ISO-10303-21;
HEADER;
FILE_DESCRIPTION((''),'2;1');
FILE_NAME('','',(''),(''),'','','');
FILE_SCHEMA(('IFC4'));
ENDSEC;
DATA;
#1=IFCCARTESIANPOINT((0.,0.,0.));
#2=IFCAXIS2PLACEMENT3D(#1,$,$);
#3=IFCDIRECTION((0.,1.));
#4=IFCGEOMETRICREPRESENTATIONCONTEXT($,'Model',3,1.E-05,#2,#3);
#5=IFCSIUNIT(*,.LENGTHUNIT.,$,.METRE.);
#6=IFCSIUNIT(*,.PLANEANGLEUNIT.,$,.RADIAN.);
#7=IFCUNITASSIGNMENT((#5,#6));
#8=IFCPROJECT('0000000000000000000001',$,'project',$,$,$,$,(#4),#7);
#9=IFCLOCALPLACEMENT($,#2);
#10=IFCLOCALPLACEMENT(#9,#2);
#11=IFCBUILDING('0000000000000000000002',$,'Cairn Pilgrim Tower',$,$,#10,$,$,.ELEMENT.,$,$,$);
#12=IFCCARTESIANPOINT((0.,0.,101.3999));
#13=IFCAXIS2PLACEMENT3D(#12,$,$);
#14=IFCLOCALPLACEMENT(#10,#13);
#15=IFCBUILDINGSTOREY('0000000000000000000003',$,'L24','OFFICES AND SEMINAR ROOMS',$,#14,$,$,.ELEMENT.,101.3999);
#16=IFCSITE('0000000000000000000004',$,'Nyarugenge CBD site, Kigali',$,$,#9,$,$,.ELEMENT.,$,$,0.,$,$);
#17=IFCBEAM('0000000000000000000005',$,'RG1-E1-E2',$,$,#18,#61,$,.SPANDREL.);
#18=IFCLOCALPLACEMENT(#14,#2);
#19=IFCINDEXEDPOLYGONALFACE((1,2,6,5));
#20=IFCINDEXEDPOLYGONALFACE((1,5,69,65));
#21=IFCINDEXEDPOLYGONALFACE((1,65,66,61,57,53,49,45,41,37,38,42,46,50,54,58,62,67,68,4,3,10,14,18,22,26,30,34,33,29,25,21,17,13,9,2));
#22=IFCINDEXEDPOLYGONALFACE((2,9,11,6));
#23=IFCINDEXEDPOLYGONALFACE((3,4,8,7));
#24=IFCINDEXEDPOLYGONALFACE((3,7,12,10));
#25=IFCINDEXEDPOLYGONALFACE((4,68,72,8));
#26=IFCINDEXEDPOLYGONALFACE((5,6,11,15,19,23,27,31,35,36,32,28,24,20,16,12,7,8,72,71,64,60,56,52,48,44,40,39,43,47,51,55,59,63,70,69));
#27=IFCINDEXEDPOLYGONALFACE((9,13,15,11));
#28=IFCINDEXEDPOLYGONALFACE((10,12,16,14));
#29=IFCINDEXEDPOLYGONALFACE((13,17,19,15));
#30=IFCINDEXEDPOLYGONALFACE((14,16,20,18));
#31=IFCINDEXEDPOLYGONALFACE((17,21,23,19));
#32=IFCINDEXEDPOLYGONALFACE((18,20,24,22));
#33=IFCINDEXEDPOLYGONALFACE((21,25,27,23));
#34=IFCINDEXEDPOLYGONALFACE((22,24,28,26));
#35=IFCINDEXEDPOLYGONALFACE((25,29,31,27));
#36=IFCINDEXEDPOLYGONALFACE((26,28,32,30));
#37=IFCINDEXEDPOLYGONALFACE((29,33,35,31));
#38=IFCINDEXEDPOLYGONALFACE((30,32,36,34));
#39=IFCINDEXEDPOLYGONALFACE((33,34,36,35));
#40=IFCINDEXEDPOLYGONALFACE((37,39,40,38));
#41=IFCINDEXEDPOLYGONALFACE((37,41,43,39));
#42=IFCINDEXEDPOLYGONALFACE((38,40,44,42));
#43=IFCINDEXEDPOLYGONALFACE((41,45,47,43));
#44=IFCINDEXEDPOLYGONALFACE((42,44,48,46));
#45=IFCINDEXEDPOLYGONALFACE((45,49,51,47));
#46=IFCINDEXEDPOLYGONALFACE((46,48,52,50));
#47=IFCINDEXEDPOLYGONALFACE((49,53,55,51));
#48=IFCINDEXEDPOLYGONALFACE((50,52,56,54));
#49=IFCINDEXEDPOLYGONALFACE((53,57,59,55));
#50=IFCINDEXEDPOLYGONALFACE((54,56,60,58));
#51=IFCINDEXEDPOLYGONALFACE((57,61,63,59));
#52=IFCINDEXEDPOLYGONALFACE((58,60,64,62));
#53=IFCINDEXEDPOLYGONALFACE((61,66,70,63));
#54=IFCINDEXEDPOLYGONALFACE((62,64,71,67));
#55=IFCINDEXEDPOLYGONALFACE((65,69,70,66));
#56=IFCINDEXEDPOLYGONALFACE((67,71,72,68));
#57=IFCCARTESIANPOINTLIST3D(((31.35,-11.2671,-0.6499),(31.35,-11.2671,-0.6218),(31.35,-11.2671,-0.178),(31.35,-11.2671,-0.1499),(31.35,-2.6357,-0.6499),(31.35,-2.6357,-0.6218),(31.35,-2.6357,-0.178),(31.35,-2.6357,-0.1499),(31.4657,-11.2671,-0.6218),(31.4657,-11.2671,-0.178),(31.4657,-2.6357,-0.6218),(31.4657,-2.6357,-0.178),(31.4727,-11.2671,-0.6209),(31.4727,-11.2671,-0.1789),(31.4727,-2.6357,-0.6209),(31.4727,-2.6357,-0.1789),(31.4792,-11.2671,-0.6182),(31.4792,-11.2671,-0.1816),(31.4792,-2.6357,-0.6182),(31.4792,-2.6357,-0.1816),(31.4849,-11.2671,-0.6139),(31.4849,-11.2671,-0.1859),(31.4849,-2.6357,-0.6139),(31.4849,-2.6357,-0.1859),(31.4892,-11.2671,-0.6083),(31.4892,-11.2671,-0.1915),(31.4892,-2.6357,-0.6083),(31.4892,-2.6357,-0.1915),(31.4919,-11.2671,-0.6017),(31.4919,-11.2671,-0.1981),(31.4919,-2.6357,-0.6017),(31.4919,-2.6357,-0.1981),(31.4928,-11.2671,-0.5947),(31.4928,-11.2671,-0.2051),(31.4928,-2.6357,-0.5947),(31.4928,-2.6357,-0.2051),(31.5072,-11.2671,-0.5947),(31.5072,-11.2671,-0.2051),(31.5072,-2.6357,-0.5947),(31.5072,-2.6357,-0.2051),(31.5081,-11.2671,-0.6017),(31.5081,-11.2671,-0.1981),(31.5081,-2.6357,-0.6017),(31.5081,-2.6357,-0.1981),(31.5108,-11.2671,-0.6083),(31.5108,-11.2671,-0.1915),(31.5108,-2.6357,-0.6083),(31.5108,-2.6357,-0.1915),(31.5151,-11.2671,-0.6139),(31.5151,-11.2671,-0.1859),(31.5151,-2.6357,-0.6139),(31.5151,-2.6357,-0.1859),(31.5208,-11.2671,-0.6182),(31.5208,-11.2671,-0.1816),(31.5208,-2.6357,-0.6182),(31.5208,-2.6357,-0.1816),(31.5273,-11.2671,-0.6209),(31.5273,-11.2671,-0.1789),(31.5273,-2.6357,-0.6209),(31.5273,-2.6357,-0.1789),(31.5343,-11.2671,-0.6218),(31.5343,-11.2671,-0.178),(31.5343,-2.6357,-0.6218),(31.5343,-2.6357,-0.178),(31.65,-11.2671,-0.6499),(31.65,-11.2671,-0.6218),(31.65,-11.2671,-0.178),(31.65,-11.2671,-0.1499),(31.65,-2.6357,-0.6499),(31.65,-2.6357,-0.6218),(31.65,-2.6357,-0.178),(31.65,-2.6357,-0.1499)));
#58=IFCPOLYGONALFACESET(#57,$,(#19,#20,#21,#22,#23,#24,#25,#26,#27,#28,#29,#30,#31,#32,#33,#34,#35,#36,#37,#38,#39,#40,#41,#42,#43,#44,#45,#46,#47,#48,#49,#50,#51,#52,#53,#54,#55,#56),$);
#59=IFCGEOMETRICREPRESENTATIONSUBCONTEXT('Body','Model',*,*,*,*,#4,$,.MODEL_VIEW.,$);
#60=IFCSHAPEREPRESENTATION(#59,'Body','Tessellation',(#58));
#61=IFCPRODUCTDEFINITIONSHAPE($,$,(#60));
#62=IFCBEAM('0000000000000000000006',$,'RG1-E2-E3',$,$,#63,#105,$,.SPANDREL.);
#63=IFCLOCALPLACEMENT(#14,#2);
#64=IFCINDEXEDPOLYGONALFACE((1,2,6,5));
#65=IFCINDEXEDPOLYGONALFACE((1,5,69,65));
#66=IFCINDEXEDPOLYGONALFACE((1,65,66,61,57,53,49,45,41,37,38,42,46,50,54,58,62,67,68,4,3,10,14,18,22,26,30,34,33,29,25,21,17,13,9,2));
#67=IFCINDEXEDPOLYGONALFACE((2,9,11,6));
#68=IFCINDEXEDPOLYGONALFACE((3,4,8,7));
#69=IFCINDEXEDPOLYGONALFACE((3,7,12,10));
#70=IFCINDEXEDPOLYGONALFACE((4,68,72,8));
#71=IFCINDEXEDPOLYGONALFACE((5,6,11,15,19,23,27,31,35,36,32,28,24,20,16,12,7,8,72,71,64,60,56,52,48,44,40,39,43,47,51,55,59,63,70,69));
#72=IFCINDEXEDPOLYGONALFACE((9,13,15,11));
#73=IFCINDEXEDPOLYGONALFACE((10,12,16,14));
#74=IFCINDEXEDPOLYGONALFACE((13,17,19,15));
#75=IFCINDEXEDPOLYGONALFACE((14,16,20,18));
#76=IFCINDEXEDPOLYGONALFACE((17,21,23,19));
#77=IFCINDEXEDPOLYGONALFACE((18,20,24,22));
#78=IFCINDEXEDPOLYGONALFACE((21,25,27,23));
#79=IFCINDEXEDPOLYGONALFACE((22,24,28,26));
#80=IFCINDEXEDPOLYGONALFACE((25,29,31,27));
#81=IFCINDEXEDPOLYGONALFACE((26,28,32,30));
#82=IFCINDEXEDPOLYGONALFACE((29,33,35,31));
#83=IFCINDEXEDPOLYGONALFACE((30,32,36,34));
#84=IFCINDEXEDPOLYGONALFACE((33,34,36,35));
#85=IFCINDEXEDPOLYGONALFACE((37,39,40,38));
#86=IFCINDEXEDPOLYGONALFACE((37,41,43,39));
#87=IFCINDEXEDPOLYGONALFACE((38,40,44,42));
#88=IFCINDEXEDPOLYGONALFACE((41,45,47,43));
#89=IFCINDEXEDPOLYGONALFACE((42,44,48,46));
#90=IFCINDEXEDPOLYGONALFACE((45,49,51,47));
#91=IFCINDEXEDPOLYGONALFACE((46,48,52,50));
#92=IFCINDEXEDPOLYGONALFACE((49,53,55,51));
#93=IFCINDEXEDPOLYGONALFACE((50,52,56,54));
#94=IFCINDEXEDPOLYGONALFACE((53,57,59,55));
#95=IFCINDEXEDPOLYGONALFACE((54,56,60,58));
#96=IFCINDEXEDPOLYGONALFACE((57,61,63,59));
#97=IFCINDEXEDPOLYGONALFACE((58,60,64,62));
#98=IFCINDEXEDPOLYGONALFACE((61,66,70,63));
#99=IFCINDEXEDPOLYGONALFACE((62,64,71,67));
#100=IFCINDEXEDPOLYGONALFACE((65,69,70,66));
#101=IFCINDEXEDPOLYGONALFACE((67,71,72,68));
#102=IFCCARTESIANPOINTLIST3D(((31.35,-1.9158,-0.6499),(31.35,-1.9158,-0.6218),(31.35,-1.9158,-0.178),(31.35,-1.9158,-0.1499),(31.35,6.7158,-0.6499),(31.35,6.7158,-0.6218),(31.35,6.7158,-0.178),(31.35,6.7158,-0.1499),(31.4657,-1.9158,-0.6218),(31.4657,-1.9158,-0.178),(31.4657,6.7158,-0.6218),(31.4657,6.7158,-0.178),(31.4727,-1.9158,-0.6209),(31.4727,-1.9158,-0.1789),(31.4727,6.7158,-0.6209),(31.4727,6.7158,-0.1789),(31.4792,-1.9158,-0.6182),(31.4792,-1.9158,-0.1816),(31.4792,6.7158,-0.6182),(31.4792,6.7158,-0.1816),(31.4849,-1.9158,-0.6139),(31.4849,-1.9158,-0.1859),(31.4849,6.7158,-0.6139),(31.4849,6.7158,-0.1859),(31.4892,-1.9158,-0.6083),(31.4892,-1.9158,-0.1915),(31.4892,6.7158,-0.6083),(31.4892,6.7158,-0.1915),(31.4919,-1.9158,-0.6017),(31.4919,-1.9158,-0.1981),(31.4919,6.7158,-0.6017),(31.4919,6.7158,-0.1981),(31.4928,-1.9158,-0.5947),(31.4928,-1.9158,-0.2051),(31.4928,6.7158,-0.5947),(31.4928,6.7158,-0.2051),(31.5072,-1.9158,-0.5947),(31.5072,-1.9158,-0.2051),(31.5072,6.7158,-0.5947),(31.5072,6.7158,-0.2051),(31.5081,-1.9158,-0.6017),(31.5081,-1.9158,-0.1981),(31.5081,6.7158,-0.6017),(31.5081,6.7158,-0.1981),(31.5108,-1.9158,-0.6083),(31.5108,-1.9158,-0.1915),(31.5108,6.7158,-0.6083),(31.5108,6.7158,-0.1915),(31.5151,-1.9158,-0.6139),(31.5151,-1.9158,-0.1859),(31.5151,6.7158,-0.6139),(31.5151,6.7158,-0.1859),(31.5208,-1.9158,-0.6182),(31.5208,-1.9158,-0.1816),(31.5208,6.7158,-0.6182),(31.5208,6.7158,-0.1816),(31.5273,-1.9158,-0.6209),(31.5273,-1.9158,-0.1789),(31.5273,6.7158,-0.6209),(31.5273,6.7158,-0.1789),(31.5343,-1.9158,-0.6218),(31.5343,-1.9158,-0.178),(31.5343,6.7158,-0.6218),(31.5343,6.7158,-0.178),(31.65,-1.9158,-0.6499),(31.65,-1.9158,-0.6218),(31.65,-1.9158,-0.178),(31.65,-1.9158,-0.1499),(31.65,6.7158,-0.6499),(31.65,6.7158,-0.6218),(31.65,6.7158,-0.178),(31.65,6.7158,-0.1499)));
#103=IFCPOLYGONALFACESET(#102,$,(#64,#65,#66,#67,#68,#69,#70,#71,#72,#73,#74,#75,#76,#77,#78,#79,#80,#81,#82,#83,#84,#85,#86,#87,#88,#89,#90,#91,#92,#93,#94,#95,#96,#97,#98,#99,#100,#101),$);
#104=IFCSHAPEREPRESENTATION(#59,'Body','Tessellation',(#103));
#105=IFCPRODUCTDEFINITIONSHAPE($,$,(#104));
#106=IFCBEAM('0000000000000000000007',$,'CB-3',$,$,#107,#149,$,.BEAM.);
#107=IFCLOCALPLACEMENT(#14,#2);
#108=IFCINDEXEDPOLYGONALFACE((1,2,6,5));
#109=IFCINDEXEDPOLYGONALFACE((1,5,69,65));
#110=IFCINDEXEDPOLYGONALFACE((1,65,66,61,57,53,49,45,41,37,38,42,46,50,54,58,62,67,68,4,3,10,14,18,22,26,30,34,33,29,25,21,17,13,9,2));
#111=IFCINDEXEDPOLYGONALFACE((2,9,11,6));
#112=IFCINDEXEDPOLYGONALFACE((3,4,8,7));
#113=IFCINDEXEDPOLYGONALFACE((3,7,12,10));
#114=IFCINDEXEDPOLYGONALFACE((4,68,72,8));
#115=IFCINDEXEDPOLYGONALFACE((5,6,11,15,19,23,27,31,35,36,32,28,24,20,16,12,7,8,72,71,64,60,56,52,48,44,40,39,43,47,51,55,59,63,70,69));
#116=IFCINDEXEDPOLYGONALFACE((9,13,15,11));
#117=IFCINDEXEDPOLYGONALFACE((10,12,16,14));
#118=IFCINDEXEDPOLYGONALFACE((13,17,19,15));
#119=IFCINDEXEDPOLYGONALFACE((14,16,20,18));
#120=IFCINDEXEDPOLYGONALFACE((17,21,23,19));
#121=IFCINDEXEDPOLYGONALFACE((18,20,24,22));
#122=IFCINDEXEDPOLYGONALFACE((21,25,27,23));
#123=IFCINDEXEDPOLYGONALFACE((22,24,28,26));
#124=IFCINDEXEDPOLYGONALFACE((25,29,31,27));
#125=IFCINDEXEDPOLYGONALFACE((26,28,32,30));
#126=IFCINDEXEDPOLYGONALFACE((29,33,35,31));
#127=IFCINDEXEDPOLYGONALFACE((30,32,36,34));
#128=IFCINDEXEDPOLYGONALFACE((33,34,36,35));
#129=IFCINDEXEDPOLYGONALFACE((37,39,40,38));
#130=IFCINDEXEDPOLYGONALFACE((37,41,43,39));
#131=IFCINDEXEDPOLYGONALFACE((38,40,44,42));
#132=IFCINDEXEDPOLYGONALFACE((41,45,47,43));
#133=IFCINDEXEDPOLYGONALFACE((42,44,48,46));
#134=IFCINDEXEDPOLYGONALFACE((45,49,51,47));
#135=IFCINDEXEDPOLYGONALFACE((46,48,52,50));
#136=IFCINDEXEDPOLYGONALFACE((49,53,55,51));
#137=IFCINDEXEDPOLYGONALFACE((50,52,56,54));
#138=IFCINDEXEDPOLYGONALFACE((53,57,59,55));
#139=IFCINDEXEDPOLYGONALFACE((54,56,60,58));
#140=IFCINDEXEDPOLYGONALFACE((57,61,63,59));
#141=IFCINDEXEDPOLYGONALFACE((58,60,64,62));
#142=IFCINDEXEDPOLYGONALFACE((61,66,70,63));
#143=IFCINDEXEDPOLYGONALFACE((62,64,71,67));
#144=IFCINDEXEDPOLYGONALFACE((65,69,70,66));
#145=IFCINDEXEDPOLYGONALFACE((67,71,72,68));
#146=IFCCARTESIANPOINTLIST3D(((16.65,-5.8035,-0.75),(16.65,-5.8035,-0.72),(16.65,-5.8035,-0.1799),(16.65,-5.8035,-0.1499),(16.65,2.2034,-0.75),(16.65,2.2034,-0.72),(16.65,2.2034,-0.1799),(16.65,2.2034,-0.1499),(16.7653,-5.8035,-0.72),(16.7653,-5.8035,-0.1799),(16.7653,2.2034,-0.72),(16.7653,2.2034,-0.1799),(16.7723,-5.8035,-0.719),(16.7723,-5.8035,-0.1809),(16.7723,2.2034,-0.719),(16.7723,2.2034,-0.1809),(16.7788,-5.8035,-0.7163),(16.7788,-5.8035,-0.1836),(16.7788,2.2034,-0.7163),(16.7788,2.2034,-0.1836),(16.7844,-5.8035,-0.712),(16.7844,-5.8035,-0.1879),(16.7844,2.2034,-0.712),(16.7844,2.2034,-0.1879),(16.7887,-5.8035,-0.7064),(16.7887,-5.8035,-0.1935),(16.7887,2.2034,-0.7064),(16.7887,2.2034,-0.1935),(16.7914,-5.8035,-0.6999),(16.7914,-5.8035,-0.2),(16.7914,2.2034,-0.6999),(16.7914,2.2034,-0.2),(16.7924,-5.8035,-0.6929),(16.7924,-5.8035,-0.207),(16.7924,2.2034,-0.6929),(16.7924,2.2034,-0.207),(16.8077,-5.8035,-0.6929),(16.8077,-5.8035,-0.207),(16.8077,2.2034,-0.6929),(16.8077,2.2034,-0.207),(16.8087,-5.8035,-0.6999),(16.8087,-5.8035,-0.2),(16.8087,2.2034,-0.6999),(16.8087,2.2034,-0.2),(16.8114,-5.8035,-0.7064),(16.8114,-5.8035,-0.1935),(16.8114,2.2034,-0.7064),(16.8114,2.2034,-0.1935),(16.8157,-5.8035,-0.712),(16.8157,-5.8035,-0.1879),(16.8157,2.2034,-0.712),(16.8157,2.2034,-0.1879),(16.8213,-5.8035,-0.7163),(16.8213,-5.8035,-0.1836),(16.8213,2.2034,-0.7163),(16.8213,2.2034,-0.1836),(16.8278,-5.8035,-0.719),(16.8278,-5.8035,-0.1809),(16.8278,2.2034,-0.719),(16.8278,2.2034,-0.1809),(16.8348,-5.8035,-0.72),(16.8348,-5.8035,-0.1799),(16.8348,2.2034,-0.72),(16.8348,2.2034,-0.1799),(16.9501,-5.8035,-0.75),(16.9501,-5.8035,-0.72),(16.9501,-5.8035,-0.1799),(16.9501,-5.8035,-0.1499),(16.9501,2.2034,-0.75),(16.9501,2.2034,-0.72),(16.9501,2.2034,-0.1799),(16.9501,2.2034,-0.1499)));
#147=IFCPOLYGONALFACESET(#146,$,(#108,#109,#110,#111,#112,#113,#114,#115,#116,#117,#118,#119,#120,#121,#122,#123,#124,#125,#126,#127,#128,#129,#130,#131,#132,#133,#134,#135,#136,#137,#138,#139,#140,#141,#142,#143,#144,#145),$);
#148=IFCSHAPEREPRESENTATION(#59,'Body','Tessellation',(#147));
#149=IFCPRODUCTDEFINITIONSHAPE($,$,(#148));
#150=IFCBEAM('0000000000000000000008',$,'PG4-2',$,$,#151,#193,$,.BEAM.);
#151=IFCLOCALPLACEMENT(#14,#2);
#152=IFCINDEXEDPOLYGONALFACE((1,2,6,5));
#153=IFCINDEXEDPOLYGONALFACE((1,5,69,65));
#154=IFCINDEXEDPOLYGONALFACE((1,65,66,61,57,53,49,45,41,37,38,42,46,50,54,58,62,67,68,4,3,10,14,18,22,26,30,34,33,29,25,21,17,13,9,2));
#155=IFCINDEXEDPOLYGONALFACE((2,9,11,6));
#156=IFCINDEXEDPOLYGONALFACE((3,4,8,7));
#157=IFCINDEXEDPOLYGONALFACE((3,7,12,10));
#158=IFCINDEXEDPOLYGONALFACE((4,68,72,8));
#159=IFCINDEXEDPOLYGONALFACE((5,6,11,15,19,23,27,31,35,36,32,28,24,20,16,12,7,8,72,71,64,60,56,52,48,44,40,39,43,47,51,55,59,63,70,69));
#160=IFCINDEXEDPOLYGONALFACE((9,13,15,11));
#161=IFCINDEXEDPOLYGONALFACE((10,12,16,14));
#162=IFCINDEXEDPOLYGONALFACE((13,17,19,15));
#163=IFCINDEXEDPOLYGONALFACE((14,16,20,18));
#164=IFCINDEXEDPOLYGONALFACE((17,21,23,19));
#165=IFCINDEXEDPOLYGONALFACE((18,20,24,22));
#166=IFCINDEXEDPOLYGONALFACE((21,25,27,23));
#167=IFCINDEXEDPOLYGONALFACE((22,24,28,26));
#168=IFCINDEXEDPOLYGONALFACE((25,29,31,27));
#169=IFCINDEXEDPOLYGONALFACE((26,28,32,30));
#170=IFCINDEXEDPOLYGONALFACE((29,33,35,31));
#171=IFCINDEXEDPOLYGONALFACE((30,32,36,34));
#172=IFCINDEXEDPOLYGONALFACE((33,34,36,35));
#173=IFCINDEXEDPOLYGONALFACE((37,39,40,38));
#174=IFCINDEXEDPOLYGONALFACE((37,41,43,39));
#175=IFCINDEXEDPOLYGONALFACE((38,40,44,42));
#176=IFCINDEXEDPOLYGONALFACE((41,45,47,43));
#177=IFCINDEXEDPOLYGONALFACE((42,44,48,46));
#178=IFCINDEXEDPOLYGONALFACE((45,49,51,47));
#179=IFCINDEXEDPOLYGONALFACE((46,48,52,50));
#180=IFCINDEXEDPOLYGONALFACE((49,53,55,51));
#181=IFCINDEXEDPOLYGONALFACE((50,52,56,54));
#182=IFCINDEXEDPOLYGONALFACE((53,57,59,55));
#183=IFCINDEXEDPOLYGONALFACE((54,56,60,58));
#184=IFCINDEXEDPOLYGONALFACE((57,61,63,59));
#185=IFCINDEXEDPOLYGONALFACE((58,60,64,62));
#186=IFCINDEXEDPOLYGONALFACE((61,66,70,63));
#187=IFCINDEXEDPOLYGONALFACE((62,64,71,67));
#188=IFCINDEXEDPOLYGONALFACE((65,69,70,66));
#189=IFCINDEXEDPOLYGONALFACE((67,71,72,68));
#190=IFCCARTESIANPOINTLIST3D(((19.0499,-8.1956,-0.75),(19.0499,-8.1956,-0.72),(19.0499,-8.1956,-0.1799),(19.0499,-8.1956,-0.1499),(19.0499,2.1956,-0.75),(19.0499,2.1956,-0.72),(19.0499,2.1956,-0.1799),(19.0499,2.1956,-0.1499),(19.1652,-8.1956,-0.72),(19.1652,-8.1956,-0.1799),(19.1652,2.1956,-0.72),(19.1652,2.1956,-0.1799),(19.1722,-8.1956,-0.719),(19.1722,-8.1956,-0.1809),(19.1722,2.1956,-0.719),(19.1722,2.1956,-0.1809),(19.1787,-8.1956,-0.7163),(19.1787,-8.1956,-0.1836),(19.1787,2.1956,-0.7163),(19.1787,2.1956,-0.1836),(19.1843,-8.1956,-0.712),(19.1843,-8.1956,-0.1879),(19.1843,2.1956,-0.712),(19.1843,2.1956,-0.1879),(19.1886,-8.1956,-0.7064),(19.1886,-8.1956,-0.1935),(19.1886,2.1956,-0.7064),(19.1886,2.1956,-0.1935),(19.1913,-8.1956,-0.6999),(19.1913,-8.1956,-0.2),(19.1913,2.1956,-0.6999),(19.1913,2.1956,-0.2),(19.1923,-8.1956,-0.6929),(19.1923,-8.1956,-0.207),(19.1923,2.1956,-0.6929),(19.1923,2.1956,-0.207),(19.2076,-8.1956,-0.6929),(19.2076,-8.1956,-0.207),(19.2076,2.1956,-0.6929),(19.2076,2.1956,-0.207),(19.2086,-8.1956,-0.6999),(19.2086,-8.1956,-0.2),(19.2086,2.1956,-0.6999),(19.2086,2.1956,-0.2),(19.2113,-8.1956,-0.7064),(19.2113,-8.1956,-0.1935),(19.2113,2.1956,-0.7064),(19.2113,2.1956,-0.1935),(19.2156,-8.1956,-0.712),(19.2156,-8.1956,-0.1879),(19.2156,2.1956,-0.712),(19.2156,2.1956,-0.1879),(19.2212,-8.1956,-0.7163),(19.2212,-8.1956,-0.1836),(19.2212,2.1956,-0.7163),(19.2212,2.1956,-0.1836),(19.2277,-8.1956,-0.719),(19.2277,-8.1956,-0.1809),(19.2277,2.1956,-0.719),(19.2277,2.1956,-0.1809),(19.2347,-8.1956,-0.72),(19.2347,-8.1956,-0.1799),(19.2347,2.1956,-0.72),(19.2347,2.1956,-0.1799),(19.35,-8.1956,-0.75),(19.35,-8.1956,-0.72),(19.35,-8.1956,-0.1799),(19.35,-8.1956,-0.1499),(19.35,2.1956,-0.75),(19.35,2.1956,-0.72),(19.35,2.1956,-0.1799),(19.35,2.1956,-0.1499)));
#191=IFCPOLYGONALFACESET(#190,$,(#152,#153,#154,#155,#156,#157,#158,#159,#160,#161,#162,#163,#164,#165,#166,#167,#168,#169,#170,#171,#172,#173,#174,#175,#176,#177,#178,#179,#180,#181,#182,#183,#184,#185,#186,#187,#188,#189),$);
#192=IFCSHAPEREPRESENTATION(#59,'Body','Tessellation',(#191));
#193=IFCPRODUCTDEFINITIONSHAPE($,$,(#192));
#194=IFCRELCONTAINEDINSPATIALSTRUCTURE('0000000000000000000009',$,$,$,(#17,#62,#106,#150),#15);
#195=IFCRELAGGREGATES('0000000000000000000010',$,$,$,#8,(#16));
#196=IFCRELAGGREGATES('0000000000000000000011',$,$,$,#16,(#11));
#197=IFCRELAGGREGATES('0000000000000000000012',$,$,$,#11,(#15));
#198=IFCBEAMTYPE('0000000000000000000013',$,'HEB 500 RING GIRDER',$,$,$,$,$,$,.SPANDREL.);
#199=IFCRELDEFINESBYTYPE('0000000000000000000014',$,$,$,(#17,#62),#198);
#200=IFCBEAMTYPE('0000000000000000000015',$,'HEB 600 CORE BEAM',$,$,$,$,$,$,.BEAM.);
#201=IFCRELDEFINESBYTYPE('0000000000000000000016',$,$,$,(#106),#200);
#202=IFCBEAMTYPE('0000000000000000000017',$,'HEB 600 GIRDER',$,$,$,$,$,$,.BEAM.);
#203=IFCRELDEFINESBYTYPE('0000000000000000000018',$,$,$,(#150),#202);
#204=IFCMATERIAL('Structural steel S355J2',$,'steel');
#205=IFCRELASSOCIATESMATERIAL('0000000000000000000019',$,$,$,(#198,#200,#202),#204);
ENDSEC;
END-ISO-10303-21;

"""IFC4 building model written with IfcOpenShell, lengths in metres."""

from ifc_helpers import new_model, si_unit, direction, frame, origin, origin_2d, place, context, subcontext, project, spatial, i_section, extrude, material, material_profile, profile_set, type_object, element, save


model = new_model("IFC4")

# Units and contexts
model_context = context("Model", 3, precision=1e-05, world=origin(), true_north=direction((0.0, 1.0)))
body_context = subcontext(model_context, "Body", "Model", "MODEL_VIEW")
ifc_project = project(units=[si_unit("LENGTHUNIT", "METRE"), si_unit("PLANEANGLEUNIT", "RADIAN")], contexts=[model_context])

# Site, building, storey
site_placement = place(None, origin())
site = spatial("IfcSite", under=ifc_project, at=site_placement, Name="Nyarugenge CBD site, Kigali", CompositionType="ELEMENT", RefElevation=0.0)
building_placement = place(site_placement, origin())
building = spatial("IfcBuilding", under=site, at=building_placement, Name="Cairn Pilgrim Tower", CompositionType="ELEMENT")
storey_placement = place(building_placement, frame((0.0, 0.0, 101.3999)))
storey = spatial("IfcBuildingStorey", under=building, at=storey_placement, Name="L24", Description="OFFICES AND SEMINAR ROOMS", CompositionType="ELEMENT", Elevation=101.3999)

# Beams
ifc_material_1 = material(Name="Structural steel S355J2", Category="steel")
ifc_material_profile_1 = material_profile(ifc_material_1, i_section(OverallWidth=0.3, OverallDepth=0.5, WebThickness=0.0144, FlangeThickness=0.0281, FilletRadius=0.0271, at=origin_2d()), Name="HEB 500")
ifc_profile_set_1 = profile_set([ifc_material_profile_1], Name="Structural steel S355J2")
beam_type_1 = type_object("IfcBeamType", Name="HEB 500 RING GIRDER", PredefinedType="SPANDREL", material=ifc_profile_set_1)
beam_1_placement = place(storey_placement, frame((31.5, -11.2671, -0.3999), z_axis=(0.0, 1.0, 0.0), x_axis=(-1.0, 0.0, 0.0)))
element("IfcBeam", 1, at=beam_1_placement, inside=storey, type_object=beam_type_1, Name="RG1-E1-E2", PredefinedType="SPANDREL", context=body_context, shape_type="SweptSolid", body=[
    extrude(i_section(OverallWidth=0.3, OverallDepth=0.5, WebThickness=0.0144, FlangeThickness=0.0281, FilletRadius=0.0271, at=origin_2d()), origin(), (0.0, 0.0, 1.0), 8.6313),
])
beam_2_placement = place(storey_placement, frame((31.5, -1.9158, -0.3999), z_axis=(0.0, 1.0, 0.0), x_axis=(-1.0, 0.0, 0.0)))
element("IfcBeam", 2, at=beam_2_placement, inside=storey, type_object=beam_type_1, Name="RG1-E2-E3", PredefinedType="SPANDREL", context=body_context, shape_type="SweptSolid", body=[
    extrude(i_section(OverallWidth=0.3, OverallDepth=0.5, WebThickness=0.0144, FlangeThickness=0.0281, FilletRadius=0.0271, at=origin_2d()), origin(), (0.0, 0.0, 1.0), 8.6316),
])
ifc_material_profile_2 = material_profile(ifc_material_1, i_section(OverallWidth=0.3, OverallDepth=0.6001, WebThickness=0.0154, FlangeThickness=0.03, FilletRadius=0.0271, at=origin_2d()), Name="HEB 600")
ifc_profile_set_2 = profile_set([ifc_material_profile_2], Name="Structural steel S355J2")
beam_type_2 = type_object("IfcBeamType", Name="HEB 600 CORE BEAM", PredefinedType="BEAM", material=ifc_profile_set_2)
beam_3_placement = place(storey_placement, frame((16.8, -5.8035, -0.45), z_axis=(0.0, 1.0, 0.0), x_axis=(-1.0, 0.0, 0.0)))
element("IfcBeam", 3, at=beam_3_placement, inside=storey, type_object=beam_type_2, Name="CB-3", PredefinedType="BEAM", context=body_context, shape_type="SweptSolid", body=[
    extrude(i_section(OverallWidth=0.3, OverallDepth=0.6001, WebThickness=0.0154, FlangeThickness=0.03, FilletRadius=0.0271, at=origin_2d()), origin(), (0.0, 0.0, 1.0), 8.0068),
])
ifc_material_profile_3 = material_profile(ifc_material_1, i_section(OverallWidth=0.3, OverallDepth=0.6001, WebThickness=0.0154, FlangeThickness=0.03, FilletRadius=0.0271, at=origin_2d()), Name="HEB 600")
ifc_profile_set_3 = profile_set([ifc_material_profile_3], Name="Structural steel S355J2")
beam_type_3 = type_object("IfcBeamType", Name="HEB 600 GIRDER", PredefinedType="BEAM", material=ifc_profile_set_3)
beam_4_placement = place(storey_placement, frame((19.2, -8.1956, -0.45), z_axis=(0.0, 1.0, 0.0), x_axis=(-1.0, 0.0, 0.0)))
element("IfcBeam", 4, at=beam_4_placement, inside=storey, type_object=beam_type_3, Name="PG4-2", PredefinedType="BEAM", context=body_context, shape_type="SweptSolid", body=[
    extrude(i_section(OverallWidth=0.3, OverallDepth=0.6001, WebThickness=0.0154, FlangeThickness=0.03, FilletRadius=0.0271, at=origin_2d()), origin(), (0.0, 0.0, 1.0), 10.3911),
])

save(model, "model.ifc")
